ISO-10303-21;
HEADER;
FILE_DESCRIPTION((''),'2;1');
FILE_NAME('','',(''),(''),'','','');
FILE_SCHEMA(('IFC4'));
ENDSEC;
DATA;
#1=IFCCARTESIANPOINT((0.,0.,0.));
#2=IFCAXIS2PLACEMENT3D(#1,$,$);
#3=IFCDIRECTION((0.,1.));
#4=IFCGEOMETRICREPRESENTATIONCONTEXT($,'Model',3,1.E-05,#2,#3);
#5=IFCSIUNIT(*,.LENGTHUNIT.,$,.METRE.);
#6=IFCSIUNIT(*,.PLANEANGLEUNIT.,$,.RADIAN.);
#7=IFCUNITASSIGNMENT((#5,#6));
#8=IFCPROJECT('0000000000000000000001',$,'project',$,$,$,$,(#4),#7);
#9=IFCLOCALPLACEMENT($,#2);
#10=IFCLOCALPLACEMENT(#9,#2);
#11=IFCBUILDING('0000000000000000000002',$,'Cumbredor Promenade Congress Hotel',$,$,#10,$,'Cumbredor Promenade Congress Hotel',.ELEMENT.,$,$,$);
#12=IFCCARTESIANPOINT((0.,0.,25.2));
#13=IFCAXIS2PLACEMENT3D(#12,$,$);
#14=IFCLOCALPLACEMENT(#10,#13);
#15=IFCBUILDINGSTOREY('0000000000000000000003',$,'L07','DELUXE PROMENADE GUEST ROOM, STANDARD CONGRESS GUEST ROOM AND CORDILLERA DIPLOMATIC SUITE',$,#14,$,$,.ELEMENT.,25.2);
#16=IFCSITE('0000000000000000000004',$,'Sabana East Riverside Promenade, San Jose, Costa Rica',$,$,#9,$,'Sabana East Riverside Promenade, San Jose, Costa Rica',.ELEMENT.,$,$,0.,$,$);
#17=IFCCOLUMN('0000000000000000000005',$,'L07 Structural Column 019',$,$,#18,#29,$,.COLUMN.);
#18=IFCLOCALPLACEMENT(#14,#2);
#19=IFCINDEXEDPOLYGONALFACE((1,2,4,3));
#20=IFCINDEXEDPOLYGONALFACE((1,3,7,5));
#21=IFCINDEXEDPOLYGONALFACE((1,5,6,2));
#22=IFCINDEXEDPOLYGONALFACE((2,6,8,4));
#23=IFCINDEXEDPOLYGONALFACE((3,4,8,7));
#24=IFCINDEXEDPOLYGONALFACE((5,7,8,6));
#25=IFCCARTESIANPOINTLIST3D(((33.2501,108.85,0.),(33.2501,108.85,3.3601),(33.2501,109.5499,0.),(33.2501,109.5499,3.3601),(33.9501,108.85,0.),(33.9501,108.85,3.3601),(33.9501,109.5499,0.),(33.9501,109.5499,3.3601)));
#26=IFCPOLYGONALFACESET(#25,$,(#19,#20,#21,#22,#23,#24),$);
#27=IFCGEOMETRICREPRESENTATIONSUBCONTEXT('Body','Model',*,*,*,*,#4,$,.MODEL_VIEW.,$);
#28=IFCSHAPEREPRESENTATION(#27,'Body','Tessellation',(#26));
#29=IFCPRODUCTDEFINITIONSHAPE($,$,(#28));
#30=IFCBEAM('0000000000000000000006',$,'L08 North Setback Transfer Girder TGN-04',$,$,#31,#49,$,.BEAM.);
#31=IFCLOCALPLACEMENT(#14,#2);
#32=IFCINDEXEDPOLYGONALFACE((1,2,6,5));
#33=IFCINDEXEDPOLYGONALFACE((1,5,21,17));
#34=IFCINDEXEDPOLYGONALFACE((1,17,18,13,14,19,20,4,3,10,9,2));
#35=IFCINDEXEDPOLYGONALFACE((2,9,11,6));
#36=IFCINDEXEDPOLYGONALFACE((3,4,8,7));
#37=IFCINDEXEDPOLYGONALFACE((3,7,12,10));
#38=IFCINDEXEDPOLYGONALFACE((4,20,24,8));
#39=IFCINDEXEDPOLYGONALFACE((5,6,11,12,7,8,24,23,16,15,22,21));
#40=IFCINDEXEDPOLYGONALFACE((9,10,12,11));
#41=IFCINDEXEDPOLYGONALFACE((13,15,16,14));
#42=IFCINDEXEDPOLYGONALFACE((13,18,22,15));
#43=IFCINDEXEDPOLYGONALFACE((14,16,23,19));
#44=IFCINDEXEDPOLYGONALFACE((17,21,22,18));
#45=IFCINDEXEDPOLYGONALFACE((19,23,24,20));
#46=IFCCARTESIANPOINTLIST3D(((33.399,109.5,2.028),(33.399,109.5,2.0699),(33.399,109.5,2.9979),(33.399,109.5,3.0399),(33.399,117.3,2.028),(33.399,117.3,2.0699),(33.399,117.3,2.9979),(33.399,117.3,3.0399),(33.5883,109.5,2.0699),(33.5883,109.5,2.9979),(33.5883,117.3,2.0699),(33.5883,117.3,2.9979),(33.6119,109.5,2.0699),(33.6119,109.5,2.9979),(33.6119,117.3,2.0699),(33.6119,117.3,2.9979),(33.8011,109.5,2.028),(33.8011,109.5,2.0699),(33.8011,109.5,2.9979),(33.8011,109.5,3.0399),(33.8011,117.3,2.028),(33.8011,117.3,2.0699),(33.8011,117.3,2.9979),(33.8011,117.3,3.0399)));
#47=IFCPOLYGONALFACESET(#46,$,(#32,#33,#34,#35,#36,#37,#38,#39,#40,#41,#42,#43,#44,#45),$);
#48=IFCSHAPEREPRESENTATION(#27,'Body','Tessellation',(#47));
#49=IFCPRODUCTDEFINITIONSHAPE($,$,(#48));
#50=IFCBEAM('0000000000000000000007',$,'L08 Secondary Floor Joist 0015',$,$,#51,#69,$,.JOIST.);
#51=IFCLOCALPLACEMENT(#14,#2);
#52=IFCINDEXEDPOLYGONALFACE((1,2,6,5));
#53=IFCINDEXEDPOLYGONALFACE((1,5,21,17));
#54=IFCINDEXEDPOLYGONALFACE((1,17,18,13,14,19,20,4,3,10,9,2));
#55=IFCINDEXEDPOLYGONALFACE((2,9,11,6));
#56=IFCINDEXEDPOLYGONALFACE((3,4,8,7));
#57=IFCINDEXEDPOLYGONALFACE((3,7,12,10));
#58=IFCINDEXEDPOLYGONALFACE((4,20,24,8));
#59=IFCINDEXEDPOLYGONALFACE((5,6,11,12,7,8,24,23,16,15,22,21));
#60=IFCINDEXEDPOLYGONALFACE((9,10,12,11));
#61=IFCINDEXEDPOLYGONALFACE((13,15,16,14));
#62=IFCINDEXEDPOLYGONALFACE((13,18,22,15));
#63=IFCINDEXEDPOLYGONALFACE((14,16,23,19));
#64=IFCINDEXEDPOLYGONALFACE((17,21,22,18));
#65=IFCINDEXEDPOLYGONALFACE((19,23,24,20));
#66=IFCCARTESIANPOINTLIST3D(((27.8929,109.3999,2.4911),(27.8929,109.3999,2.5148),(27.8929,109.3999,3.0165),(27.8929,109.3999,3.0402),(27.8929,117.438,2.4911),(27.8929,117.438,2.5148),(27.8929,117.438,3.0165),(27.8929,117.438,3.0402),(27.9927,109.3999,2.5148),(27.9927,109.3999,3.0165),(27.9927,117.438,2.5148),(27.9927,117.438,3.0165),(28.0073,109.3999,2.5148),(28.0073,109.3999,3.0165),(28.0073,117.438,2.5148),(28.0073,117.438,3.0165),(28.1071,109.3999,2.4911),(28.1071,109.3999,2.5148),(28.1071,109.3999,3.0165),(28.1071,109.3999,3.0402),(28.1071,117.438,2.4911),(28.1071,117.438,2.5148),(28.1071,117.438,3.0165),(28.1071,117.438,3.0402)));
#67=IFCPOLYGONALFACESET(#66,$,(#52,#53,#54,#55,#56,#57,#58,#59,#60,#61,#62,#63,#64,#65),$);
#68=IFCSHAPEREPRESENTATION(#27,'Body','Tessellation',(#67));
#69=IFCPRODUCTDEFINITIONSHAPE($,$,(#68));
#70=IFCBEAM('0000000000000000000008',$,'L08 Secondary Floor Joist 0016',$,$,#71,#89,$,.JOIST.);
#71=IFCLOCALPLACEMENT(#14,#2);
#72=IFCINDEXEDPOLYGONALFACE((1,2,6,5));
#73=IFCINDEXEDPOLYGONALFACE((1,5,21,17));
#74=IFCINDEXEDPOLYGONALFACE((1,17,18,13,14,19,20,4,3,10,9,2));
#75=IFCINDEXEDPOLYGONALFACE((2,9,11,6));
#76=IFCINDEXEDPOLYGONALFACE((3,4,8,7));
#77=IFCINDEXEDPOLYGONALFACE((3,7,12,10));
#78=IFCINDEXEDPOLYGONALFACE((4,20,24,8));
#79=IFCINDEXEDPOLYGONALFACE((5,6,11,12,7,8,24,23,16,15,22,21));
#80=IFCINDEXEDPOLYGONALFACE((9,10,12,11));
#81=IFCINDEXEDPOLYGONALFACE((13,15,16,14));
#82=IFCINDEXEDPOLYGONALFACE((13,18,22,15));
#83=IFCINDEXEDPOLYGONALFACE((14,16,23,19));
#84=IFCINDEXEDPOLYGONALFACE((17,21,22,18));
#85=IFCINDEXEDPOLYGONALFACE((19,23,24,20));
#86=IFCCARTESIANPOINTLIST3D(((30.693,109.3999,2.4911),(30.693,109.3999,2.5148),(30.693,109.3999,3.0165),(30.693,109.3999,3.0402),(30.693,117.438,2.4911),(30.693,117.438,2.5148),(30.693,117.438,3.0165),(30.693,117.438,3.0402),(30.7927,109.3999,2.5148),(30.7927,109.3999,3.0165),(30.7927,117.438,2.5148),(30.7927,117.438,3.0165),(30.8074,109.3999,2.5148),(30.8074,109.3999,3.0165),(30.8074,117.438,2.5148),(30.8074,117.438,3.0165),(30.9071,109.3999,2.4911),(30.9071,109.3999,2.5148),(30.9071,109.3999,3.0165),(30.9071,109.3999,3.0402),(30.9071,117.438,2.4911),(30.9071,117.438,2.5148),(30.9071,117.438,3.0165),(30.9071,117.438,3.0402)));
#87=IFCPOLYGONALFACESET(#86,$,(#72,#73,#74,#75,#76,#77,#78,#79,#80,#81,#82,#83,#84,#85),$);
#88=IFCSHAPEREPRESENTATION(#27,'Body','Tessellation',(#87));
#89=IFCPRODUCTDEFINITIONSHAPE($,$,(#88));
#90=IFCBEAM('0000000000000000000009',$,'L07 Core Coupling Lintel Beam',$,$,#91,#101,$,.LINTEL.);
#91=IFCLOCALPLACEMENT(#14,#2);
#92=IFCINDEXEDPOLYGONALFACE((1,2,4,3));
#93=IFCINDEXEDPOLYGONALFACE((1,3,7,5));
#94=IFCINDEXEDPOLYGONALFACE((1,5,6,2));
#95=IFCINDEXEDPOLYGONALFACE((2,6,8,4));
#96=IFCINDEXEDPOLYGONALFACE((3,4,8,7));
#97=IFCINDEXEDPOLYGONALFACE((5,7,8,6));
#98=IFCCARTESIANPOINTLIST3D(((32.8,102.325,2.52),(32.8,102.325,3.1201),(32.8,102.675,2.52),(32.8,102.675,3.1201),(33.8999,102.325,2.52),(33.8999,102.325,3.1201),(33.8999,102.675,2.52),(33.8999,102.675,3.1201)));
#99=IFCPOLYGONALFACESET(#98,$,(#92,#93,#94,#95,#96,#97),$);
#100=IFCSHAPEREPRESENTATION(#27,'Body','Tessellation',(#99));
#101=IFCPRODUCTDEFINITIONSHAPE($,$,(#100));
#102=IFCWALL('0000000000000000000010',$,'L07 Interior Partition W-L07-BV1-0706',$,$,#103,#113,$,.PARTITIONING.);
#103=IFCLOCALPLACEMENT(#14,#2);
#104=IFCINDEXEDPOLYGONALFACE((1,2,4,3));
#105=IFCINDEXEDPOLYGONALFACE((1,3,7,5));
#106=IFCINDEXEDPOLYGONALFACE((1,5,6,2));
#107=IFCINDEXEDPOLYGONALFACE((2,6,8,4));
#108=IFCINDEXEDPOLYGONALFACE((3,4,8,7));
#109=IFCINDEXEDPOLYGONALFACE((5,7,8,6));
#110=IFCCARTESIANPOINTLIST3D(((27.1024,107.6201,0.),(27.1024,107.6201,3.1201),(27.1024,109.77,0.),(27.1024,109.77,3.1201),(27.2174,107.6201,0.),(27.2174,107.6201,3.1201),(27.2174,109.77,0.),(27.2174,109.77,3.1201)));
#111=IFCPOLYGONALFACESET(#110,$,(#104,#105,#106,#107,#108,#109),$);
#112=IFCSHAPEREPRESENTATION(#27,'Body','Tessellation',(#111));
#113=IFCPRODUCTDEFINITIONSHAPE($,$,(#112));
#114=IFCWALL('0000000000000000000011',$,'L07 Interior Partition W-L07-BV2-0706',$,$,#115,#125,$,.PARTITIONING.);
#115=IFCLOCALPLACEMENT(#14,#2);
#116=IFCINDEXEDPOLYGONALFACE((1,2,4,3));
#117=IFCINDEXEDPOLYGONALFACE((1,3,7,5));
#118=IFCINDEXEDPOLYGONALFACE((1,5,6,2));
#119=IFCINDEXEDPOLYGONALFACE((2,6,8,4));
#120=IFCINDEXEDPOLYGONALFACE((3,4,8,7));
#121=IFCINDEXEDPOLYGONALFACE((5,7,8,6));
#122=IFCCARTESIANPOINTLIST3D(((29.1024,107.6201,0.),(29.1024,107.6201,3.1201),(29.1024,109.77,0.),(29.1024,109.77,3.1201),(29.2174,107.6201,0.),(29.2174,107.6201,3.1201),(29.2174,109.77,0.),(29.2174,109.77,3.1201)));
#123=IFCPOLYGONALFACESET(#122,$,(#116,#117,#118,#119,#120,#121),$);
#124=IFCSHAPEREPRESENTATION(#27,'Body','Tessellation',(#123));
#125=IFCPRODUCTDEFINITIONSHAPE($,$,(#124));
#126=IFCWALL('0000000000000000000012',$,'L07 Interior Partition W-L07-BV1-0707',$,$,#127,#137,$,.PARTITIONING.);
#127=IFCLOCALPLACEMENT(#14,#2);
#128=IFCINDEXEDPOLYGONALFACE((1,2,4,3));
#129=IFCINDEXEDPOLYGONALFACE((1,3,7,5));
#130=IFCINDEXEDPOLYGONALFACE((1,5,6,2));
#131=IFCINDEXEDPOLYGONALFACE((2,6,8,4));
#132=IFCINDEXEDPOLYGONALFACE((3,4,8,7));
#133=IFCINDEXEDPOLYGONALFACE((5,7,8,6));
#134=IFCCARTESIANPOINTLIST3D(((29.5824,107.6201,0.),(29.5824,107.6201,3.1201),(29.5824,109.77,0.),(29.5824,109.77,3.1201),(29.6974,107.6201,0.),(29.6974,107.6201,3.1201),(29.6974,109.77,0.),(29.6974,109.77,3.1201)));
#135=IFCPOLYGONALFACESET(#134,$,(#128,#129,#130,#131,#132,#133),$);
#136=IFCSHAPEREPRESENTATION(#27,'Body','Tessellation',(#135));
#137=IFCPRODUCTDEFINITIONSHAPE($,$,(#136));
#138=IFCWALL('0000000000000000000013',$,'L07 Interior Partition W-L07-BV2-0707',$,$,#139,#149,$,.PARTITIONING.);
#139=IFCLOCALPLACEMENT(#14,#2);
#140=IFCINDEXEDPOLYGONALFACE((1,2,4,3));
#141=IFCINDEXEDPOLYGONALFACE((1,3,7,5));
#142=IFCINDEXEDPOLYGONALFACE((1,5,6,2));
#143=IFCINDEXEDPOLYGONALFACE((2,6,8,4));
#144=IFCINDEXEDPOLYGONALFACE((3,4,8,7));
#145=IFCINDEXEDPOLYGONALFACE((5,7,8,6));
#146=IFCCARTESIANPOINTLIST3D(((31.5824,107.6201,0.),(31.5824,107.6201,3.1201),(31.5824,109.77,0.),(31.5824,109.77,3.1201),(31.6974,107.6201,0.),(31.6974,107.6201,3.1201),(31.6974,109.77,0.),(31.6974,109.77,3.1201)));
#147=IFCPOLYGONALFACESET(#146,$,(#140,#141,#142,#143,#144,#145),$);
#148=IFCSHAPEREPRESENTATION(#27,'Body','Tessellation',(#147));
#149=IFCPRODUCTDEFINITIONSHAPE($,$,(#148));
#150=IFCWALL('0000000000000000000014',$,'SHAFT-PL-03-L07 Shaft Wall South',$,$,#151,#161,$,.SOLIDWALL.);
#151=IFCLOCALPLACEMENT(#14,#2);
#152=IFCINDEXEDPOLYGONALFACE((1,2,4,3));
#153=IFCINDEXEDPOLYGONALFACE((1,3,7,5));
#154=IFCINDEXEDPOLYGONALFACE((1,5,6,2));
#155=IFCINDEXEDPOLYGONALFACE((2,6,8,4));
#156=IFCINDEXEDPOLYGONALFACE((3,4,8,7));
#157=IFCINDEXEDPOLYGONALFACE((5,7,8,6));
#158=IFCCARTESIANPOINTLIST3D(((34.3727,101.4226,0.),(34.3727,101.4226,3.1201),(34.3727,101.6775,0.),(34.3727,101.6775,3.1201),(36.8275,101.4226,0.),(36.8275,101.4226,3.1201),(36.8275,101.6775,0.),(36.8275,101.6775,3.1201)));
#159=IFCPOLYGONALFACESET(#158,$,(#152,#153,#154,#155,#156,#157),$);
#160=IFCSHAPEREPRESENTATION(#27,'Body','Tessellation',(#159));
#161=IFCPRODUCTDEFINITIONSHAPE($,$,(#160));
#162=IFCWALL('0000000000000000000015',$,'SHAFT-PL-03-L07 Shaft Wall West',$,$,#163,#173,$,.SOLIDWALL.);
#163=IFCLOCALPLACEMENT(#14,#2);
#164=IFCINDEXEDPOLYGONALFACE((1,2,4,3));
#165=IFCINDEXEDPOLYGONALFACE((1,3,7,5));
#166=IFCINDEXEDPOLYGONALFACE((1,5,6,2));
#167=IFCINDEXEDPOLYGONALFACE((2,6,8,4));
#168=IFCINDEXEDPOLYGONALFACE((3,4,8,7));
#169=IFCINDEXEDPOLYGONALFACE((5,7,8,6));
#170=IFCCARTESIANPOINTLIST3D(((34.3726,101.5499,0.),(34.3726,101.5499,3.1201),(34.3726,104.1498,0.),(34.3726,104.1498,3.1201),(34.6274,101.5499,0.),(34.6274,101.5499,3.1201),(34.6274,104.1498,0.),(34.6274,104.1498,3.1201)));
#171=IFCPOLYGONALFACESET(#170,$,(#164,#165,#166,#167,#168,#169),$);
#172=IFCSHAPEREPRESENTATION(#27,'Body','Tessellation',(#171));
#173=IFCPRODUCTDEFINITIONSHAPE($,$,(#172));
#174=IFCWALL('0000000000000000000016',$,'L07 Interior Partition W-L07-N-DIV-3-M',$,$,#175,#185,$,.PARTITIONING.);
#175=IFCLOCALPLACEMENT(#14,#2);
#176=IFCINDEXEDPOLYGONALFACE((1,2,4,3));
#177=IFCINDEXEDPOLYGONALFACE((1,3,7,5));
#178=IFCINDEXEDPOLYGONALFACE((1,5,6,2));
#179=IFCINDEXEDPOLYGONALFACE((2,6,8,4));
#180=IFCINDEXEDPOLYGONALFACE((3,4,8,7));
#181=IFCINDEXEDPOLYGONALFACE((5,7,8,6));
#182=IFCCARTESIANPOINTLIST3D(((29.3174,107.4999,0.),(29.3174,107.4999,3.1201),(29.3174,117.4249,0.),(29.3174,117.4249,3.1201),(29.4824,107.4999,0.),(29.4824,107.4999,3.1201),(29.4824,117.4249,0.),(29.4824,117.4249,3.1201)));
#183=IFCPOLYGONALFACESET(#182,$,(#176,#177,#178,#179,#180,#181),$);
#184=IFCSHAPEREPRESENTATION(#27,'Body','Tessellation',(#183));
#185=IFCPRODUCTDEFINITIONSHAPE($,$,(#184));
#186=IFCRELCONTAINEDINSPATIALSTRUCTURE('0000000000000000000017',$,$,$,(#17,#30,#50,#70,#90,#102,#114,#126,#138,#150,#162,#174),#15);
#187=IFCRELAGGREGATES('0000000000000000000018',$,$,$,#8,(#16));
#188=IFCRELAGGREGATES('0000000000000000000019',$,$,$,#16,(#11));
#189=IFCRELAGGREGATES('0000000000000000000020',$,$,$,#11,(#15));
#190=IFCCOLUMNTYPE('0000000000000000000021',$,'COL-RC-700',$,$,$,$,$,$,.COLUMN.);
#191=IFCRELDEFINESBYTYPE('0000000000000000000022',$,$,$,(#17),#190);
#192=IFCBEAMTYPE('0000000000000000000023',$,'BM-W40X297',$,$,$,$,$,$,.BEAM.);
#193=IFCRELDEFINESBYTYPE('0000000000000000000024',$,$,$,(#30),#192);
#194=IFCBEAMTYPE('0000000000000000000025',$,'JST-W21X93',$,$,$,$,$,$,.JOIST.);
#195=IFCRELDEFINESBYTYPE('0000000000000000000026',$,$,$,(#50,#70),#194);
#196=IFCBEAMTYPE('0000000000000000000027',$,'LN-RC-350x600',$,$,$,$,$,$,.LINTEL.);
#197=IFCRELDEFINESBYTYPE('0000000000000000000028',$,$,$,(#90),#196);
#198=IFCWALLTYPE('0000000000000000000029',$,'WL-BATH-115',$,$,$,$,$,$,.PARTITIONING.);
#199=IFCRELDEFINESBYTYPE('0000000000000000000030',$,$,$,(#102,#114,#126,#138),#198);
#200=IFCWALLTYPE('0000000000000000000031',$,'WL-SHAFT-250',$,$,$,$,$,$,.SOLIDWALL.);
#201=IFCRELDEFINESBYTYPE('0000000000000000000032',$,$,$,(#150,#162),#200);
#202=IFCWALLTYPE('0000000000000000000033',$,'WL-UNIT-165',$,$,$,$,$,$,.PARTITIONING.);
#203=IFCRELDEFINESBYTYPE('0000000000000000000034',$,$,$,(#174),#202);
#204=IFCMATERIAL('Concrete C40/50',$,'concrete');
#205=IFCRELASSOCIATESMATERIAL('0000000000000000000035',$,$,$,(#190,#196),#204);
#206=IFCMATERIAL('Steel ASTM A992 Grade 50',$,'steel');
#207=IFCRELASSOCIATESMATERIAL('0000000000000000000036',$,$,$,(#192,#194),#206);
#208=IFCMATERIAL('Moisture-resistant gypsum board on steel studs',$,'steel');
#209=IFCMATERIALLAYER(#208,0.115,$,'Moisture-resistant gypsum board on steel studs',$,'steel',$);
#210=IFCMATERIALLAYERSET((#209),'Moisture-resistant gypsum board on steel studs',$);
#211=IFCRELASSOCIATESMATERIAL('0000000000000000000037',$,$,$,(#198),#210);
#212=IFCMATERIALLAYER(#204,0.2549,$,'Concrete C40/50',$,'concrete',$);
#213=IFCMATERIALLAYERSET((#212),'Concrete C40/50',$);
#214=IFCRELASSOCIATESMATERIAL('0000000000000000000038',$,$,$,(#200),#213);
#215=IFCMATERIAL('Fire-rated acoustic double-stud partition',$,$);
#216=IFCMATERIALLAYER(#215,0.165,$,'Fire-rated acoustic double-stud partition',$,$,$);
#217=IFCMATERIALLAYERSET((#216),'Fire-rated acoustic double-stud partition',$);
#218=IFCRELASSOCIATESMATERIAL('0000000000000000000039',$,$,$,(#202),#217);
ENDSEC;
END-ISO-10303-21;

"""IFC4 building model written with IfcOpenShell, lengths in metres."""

from ifc_helpers import new_model, si_unit, direction, frame, frame_2d, origin, origin_2d, place, context, subcontext, project, spatial, rectangle, i_section, extrude, material, layer, layer_set, material_profile, profile_set, type_object, element, save


model = new_model("IFC4")

# Units and contexts
model_context = context("Model", 3, precision=1e-05, world=origin(), true_north=direction((0.0, 1.0)))
body_context = subcontext(model_context, "Body", "Model", "MODEL_VIEW")
ifc_project = project(units=[si_unit("LENGTHUNIT", "METRE"), si_unit("PLANEANGLEUNIT", "RADIAN")], contexts=[model_context])

# Site, building, storey
site_placement = place(None, origin())
site = spatial("IfcSite", under=ifc_project, at=site_placement, Name="Sabana East Riverside Promenade, San Jose, Costa Rica", LongName="Sabana East Riverside Promenade, San Jose, Costa Rica", CompositionType="ELEMENT", RefElevation=0.0)
building_placement = place(site_placement, origin())
building = spatial("IfcBuilding", under=site, at=building_placement, Name="Cumbredor Promenade Congress Hotel", LongName="Cumbredor Promenade Congress Hotel", CompositionType="ELEMENT")
storey_placement = place(building_placement, frame((0.0, 0.0, 25.2)))
storey = spatial("IfcBuildingStorey", under=building, at=storey_placement, Name="L07", Description="DELUXE PROMENADE GUEST ROOM, STANDARD CONGRESS GUEST ROOM AND CORDILLERA DIPLOMATIC SUITE", CompositionType="ELEMENT", Elevation=25.2)

# Column
ifc_material_1 = material(Name="Concrete C40/50", Category="concrete")
ifc_material_profile_1 = material_profile(ifc_material_1, rectangle(XDim=0.7, YDim=0.7, at=origin_2d()), Name="RC 700x700")
ifc_profile_set_1 = profile_set([ifc_material_profile_1], Name="Concrete C40/50")
column_type = type_object("IfcColumnType", Name="COL-RC-700", PredefinedType="COLUMN", material=ifc_profile_set_1)
column_placement = place(storey_placement, frame((33.6001, 109.2, 0.0), z_axis=(0.0, 0.0, 1.0), x_axis=(1.0, 0.0, 0.0)))
element("IfcColumn", 1, at=column_placement, inside=storey, type_object=column_type, Name="L07 Structural Column 019", PredefinedType="COLUMN", context=body_context, shape_type="SweptSolid", body=[
    extrude(rectangle(XDim=0.7, YDim=0.7, at=origin_2d()), origin(), (0.0, 0.0, 1.0), 3.3601),
])

# Beams
ifc_material_2 = material(Name="Steel ASTM A992 Grade 50", Category="steel")
ifc_material_profile_2 = material_profile(ifc_material_2, i_section(OverallWidth=0.4021, OverallDepth=1.012, WebThickness=0.0237, FlangeThickness=0.042, at=origin_2d()), Name="W40X297")
ifc_profile_set_2 = profile_set([ifc_material_profile_2], Name="Steel ASTM A992 Grade 50")
beam_type_1 = type_object("IfcBeamType", Name="BM-W40X297", PredefinedType="BEAM", material=ifc_profile_set_2)
beam_1_placement = place(storey_placement, frame((33.6001, 109.5, 2.5339), z_axis=(0.0, 1.0, 0.0), x_axis=(-1.0, 0.0, 0.0)))
element("IfcBeam", 2, at=beam_1_placement, inside=storey, type_object=beam_type_1, Name="L08 North Setback Transfer Girder TGN-04", PredefinedType="BEAM", context=body_context, shape_type="SweptSolid", body=[
    extrude(i_section(OverallWidth=0.4021, OverallDepth=1.012, WebThickness=0.0237, FlangeThickness=0.042, at=origin_2d()), origin(), (0.0, 0.0, 1.0), 7.8),
])
ifc_material_profile_3 = material_profile(ifc_material_2, i_section(OverallWidth=0.2141, OverallDepth=0.5491, WebThickness=0.0146, FlangeThickness=0.0237, at=origin_2d()), Name="W21X93")
ifc_profile_set_3 = profile_set([ifc_material_profile_3], Name="Steel ASTM A992 Grade 50")
beam_type_2 = type_object("IfcBeamType", Name="JST-W21X93", PredefinedType="JOIST", material=ifc_profile_set_3)
for number, where, z_axis, x_axis, name in (
    (3, (28.0, 109.3999, 2.7656), (0.0, 1.0, 0.0), (-1.0, 0.0, 0.0), "L08 Secondary Floor Joist 0015"),
    (4, (30.8, 109.3999, 2.7656), (0.0, 1.0, 0.0), (-1.0, 0.0, 0.0), "L08 Secondary Floor Joist 0016"),
):
    element("IfcBeam", number, at=place(storey_placement, frame(where, z_axis=z_axis, x_axis=x_axis)), inside=storey, type_object=beam_type_2, Name=name, PredefinedType="JOIST", context=body_context, shape_type="SweptSolid", body=[
        extrude(i_section(OverallWidth=0.2141, OverallDepth=0.5491, WebThickness=0.0146, FlangeThickness=0.0237, at=origin_2d()), origin(), (0.0, 0.0, 1.0), 8.0381),
    ])
ifc_material_profile_4 = material_profile(ifc_material_1, rectangle(XDim=0.3501, YDim=0.6001, at=origin_2d()), Name="RC LINTEL 350x600")
ifc_profile_set_4 = profile_set([ifc_material_profile_4], Name="Concrete C40/50")
beam_type_3 = type_object("IfcBeamType", Name="LN-RC-350x600", PredefinedType="LINTEL", material=ifc_profile_set_4)
beam_2_placement = place(storey_placement, frame((32.8, 102.5, 2.8201), z_axis=(1.0, 0.0, 0.0), x_axis=(0.0, 1.0, 0.0)))
element("IfcBeam", 5, at=beam_2_placement, inside=storey, type_object=beam_type_3, Name="L07 Core Coupling Lintel Beam", PredefinedType="LINTEL", context=body_context, shape_type="SweptSolid", body=[
    extrude(rectangle(XDim=0.3501, YDim=0.6001, at=origin_2d()), origin(), (0.0, 0.0, 1.0), 1.0999),
])

# Walls
ifc_material_3 = material(Name="Moisture-resistant gypsum board on steel studs", Category="steel")
ifc_layer_1 = layer(ifc_material_3, 0.115, Name="Moisture-resistant gypsum board on steel studs", Category="steel")
ifc_layer_set_1 = layer_set([ifc_layer_1], Name="Moisture-resistant gypsum board on steel studs")
wall_type_1 = type_object("IfcWallType", Name="WL-BATH-115", PredefinedType="PARTITIONING", material=ifc_layer_set_1)
for number, where, z_axis, x_axis, name in (
    (6, (27.1599, 107.6201, 0.0), (0.0, 0.0, 1.0), (0.0, 1.0, 0.0), "L07 Interior Partition W-L07-BV1-0706"),
    (7, (29.1599, 107.6201, 0.0), (0.0, 0.0, 1.0), (0.0, 1.0, 0.0), "L07 Interior Partition W-L07-BV2-0706"),
    (8, (29.6399, 107.6201, 0.0), (0.0, 0.0, 1.0), (0.0, 1.0, 0.0), "L07 Interior Partition W-L07-BV1-0707"),
    (9, (31.6399, 107.6201, 0.0), (0.0, 0.0, 1.0), (0.0, 1.0, 0.0), "L07 Interior Partition W-L07-BV2-0707"),
):
    element("IfcWall", number, at=place(storey_placement, frame(where, z_axis=z_axis, x_axis=x_axis)), inside=storey, type_object=wall_type_1, Name=name, PredefinedType="PARTITIONING", context=body_context, shape_type="SweptSolid", body=[
        extrude(rectangle(XDim=2.1499, YDim=0.115, at=frame_2d((1.075, 0.0))), origin(), (0.0, 0.0, 1.0), 3.1201),
    ])

# Shared definitions
ifc_layer_2 = layer(ifc_material_1, 0.2549, Name="Concrete C40/50", Category="concrete")
ifc_layer_set_2 = layer_set([ifc_layer_2], Name="Concrete C40/50")
wall_type_2 = type_object("IfcWallType", Name="WL-SHAFT-250", PredefinedType="SOLIDWALL", material=ifc_layer_set_2)

# Wall
wall_1_placement = place(storey_placement, frame((34.3726, 101.55, 0.0), z_axis=(0.0, 0.0, 1.0), x_axis=(1.0, 0.0, 0.0)))
element("IfcWall", 10, at=wall_1_placement, inside=storey, type_object=wall_type_2, Name="SHAFT-PL-03-L07 Shaft Wall South", PredefinedType="SOLIDWALL", context=body_context, shape_type="SweptSolid", body=[
    extrude(rectangle(XDim=2.4548, YDim=0.2549, at=frame_2d((1.2275, 0.0))), origin(), (0.0, 0.0, 1.0), 3.1201),
])

# Walls
wall_2_placement = place(storey_placement, frame((34.5, 101.55, 0.0), z_axis=(0.0, 0.0, 1.0), x_axis=(0.0, 1.0, 0.0)))
element("IfcWall", 11, at=wall_2_placement, inside=storey, type_object=wall_type_2, Name="SHAFT-PL-03-L07 Shaft Wall West", PredefinedType="SOLIDWALL", context=body_context, shape_type="SweptSolid", body=[
    extrude(rectangle(XDim=2.5999, YDim=0.2549, at=frame_2d((1.2998, 0.0))), origin(), (0.0, 0.0, 1.0), 3.1201),
])
ifc_material_4 = material(Name="Fire-rated acoustic double-stud partition")
ifc_layer_3 = layer(ifc_material_4, 0.165, Name="Fire-rated acoustic double-stud partition")
ifc_layer_set_3 = layer_set([ifc_layer_3], Name="Fire-rated acoustic double-stud partition")
wall_type_3 = type_object("IfcWallType", Name="WL-UNIT-165", PredefinedType="PARTITIONING", material=ifc_layer_set_3)
wall_3_placement = place(storey_placement, frame((29.3999, 107.5, 0.0), z_axis=(0.0, 0.0, 1.0), x_axis=(0.0, 1.0, 0.0)))
element("IfcWall", 12, at=wall_3_placement, inside=storey, type_object=wall_type_3, Name="L07 Interior Partition W-L07-N-DIV-3-M", PredefinedType="PARTITIONING", context=body_context, shape_type="SweptSolid", body=[
    extrude(rectangle(XDim=9.925, YDim=0.165, at=frame_2d((4.9624, 0.0))), origin(), (0.0, 0.0, 1.0), 3.1201),
])

save(model, "model.ifc")
